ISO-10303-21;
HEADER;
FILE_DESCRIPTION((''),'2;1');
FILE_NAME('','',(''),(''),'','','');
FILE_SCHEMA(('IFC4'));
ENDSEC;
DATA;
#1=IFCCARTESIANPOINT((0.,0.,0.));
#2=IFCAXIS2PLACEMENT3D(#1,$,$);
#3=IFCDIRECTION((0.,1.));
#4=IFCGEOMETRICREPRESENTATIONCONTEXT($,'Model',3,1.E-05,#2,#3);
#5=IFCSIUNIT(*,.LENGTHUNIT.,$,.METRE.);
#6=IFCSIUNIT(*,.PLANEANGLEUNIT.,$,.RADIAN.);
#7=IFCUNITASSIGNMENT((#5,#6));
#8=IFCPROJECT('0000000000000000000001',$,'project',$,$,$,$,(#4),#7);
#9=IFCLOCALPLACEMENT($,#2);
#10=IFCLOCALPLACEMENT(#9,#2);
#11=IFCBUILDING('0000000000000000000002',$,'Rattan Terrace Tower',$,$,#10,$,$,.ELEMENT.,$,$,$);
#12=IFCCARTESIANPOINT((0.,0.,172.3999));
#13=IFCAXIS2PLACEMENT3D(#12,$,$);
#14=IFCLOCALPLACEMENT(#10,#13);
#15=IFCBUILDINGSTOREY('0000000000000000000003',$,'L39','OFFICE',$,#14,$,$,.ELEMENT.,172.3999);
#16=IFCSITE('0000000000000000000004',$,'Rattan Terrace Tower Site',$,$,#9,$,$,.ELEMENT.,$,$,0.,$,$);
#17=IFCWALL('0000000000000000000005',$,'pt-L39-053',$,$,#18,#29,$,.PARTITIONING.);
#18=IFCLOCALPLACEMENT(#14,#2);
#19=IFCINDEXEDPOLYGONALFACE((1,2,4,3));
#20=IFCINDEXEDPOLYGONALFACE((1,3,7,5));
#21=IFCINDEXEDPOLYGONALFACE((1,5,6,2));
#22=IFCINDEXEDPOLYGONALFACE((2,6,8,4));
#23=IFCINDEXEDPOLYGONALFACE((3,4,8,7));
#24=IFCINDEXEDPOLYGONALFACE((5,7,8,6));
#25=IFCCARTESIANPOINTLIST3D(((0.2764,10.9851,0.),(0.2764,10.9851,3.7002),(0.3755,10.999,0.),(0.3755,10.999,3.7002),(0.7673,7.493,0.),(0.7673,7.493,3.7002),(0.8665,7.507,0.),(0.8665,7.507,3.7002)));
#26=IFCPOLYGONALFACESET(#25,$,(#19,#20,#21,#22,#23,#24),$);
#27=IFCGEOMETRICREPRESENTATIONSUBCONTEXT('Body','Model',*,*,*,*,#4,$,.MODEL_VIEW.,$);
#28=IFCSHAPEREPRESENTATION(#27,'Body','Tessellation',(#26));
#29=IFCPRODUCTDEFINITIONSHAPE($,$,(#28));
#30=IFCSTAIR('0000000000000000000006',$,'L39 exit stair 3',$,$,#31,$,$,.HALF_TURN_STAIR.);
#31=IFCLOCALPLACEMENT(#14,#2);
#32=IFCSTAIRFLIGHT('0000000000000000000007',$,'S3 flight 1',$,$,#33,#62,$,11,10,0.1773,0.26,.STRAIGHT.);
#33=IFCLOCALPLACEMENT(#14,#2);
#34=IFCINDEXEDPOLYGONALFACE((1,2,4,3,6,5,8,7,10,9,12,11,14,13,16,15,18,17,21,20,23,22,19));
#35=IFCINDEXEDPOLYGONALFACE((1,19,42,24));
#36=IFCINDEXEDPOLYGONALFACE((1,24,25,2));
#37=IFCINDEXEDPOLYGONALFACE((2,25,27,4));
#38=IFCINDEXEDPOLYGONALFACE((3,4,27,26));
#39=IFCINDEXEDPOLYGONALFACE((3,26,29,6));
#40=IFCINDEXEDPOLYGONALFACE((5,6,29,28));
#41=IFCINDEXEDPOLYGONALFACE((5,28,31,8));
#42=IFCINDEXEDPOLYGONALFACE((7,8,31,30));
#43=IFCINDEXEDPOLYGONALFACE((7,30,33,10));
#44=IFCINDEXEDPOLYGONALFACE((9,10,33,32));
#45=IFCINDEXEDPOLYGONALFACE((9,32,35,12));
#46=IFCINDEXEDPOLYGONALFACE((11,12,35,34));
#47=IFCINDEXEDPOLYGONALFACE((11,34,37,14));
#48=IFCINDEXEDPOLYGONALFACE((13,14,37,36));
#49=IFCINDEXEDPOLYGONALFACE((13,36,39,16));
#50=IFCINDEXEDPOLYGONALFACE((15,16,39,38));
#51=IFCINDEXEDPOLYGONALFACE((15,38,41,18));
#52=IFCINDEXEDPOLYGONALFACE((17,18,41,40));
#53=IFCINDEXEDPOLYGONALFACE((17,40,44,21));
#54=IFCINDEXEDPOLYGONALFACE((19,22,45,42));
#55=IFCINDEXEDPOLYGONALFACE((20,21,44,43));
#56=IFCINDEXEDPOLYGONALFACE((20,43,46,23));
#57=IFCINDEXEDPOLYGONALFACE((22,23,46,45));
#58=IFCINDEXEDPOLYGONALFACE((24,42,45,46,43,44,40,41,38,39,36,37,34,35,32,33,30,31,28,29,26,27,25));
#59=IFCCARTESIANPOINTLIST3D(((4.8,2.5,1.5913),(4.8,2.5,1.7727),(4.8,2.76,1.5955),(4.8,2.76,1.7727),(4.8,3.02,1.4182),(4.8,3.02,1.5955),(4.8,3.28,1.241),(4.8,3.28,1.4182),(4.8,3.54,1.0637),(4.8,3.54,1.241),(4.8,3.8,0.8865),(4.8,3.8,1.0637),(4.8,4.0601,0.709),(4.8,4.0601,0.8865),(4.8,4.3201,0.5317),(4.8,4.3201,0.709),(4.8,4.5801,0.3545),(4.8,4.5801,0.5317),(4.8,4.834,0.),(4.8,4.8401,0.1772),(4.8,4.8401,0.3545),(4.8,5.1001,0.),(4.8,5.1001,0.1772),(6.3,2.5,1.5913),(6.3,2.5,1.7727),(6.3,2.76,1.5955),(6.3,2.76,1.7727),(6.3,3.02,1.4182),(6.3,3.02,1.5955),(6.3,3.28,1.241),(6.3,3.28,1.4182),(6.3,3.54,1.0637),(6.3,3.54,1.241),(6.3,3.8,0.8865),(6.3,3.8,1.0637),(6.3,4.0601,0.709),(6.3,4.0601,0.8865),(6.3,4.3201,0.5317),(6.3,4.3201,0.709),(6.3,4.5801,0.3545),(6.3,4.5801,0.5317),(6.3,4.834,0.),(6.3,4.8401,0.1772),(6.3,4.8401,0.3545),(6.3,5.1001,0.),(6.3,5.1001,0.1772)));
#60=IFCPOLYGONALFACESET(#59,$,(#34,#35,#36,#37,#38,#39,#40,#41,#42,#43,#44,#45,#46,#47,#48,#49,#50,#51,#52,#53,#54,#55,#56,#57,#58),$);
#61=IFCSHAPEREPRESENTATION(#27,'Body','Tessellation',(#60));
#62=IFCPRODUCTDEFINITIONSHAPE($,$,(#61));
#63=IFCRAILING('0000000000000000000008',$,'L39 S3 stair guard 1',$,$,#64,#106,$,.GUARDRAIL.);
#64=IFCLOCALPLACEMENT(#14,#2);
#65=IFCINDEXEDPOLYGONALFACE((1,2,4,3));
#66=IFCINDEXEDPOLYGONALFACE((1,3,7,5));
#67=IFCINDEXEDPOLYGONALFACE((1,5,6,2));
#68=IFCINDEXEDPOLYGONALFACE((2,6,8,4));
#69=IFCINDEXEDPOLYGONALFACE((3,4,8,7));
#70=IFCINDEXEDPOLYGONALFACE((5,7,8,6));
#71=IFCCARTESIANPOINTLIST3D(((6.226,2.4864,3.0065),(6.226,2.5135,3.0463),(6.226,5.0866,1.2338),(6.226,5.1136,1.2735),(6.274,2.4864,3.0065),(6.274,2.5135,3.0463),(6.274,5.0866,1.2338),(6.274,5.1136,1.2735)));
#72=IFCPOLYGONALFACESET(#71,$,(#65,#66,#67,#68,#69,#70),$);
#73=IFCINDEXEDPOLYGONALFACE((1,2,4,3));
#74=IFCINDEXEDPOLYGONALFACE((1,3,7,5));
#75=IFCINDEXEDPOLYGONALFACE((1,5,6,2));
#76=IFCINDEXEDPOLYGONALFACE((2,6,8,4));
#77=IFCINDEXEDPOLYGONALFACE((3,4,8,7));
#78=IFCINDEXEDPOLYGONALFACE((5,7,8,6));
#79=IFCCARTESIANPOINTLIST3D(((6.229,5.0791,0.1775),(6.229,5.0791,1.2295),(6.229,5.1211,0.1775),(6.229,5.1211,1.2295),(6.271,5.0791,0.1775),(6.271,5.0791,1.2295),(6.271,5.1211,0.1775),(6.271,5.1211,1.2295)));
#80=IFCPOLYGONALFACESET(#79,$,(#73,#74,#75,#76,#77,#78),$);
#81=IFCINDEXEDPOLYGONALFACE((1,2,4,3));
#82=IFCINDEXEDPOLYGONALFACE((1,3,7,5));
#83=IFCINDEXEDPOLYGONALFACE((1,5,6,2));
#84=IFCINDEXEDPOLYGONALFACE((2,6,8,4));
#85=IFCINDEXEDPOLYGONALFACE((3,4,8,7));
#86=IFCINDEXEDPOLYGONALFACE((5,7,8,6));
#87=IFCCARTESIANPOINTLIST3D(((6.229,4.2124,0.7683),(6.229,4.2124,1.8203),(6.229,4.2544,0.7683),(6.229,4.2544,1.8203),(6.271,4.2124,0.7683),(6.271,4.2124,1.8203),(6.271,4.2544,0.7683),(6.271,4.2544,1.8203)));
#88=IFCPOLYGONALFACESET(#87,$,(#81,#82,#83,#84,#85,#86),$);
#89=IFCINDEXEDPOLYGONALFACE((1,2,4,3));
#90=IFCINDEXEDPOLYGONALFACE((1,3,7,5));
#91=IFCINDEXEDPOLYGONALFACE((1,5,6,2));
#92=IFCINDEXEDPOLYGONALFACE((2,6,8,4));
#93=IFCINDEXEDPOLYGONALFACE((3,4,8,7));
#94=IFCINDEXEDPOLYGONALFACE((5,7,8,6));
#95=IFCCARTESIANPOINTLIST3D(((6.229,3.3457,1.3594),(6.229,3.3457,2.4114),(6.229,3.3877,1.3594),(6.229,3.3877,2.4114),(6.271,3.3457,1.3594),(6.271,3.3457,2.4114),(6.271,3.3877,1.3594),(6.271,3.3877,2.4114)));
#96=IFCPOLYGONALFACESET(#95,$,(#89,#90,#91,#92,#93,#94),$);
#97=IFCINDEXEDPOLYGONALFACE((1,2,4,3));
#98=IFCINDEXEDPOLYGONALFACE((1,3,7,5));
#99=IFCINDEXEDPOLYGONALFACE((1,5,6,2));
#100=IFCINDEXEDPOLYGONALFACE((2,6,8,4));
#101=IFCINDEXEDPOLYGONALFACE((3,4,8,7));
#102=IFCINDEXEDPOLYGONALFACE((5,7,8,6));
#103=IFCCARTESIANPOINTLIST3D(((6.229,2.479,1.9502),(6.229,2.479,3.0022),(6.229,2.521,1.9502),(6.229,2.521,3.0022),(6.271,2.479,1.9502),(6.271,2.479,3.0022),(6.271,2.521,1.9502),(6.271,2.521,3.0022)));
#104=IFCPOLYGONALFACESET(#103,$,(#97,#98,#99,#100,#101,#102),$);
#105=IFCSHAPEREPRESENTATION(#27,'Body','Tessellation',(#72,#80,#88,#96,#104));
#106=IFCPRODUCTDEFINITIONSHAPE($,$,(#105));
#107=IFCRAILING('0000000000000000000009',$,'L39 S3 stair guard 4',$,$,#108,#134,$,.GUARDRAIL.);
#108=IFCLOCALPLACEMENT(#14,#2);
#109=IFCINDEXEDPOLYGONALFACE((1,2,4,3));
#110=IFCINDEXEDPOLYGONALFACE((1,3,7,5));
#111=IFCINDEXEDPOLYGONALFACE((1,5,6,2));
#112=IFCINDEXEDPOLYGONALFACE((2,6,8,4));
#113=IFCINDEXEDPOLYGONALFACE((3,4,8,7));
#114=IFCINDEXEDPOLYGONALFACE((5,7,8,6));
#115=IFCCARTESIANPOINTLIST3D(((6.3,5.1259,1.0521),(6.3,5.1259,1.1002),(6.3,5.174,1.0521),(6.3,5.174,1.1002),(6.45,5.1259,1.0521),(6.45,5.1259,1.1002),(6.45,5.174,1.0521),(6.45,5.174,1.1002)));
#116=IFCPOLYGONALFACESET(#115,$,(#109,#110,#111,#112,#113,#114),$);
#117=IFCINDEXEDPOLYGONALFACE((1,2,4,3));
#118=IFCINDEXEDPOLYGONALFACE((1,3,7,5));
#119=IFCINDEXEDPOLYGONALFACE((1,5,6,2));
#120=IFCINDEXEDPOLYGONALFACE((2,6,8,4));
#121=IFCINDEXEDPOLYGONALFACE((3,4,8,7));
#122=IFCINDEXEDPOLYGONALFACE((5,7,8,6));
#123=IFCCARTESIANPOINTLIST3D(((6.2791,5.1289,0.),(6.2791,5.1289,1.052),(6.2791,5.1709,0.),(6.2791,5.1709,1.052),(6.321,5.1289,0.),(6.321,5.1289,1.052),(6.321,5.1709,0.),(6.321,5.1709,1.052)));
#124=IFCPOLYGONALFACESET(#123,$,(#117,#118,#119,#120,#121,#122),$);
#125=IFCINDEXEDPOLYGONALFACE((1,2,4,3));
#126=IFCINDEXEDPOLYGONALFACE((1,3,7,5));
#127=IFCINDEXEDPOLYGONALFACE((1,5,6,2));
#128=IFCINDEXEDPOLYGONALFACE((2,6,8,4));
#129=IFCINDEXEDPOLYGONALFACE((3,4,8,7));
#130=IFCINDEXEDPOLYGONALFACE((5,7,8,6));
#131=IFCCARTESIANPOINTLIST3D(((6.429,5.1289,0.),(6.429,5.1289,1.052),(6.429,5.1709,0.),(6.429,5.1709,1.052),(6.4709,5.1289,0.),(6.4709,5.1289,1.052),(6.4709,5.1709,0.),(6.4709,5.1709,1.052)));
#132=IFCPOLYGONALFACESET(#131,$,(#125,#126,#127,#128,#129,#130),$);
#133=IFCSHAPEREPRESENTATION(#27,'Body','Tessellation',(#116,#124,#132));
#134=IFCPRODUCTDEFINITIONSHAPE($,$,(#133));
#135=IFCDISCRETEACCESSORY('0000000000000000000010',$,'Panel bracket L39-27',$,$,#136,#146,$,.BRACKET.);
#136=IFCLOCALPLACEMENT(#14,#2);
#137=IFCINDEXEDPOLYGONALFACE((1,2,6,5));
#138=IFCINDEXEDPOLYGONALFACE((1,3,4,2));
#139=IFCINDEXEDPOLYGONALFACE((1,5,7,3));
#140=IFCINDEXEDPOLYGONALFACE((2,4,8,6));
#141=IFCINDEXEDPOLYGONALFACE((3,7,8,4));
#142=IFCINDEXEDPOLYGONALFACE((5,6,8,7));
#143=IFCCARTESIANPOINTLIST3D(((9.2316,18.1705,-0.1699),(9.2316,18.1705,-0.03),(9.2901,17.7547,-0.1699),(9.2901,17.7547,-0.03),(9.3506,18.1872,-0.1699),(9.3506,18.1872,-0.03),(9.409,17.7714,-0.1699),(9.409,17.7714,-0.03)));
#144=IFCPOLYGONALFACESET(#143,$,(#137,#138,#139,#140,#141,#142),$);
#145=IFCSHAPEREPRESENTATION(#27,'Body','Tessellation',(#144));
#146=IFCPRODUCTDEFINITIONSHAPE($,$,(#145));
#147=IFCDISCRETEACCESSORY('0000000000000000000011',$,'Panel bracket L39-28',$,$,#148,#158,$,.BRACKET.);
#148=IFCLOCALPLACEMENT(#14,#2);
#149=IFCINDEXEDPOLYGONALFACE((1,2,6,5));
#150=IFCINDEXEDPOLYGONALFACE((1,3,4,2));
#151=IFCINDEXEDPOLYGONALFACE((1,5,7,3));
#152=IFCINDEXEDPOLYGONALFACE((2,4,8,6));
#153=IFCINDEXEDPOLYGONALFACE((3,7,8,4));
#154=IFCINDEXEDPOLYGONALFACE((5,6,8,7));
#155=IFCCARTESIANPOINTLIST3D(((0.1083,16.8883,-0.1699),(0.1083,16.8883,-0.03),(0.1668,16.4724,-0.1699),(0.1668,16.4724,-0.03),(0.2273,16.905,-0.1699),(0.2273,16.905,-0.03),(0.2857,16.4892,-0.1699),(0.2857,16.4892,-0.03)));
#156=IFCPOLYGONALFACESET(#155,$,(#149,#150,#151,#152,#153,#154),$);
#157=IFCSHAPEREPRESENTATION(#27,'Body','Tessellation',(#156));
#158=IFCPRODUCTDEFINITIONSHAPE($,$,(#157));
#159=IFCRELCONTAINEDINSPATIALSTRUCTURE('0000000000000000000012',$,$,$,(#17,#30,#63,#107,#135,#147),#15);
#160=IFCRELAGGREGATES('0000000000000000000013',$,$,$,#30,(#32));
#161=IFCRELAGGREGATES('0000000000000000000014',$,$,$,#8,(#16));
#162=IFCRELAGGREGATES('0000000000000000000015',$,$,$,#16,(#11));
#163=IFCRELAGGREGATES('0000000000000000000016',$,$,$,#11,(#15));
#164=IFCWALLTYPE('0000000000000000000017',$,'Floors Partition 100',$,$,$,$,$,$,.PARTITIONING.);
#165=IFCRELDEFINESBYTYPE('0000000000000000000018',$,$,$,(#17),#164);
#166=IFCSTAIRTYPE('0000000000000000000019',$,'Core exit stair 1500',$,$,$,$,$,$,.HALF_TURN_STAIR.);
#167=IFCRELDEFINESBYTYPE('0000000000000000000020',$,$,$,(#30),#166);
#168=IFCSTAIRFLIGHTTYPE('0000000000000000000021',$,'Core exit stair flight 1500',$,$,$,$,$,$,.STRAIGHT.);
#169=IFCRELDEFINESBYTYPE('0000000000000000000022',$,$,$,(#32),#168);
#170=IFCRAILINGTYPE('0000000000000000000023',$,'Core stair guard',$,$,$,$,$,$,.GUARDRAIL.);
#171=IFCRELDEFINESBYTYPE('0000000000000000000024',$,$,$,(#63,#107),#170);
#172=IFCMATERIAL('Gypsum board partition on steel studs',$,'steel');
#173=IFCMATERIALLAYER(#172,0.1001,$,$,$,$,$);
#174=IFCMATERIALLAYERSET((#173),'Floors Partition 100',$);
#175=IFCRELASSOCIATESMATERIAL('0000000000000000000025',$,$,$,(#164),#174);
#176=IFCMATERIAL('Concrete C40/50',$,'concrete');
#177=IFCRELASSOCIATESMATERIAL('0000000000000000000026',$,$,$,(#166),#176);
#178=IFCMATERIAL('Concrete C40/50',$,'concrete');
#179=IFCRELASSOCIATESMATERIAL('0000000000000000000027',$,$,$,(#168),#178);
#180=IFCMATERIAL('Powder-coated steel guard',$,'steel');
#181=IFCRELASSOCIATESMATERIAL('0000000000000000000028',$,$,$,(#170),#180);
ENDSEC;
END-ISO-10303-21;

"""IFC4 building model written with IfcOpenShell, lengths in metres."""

from ifc_helpers import new_model, si_unit, direction, frame, frame_2d, origin, origin_2d, place, context, subcontext, project, spatial, polyline, rectangle, outline, extrude, material, layer, layer_set, type_object, element, aggregate, save


model = new_model("IFC4")

# Units and contexts
model_context = context("Model", 3, precision=1e-05, world=origin(), true_north=direction((0.0, 1.0)))
body_context = subcontext(model_context, "Body", "Model", "MODEL_VIEW")
ifc_project = project(units=[si_unit("LENGTHUNIT", "METRE"), si_unit("PLANEANGLEUNIT", "RADIAN")], contexts=[model_context])

# Site, building, storey
site_placement = place(None, origin())
site = spatial("IfcSite", under=ifc_project, at=site_placement, Name="Rattan Terrace Tower Site", CompositionType="ELEMENT", RefElevation=0.0)
building_placement = place(site_placement, origin())
building = spatial("IfcBuilding", under=site, at=building_placement, Name="Rattan Terrace Tower", CompositionType="ELEMENT")
storey_placement = place(building_placement, frame((0.0, 0.0, 172.3999)))
storey = spatial("IfcBuildingStorey", under=building, at=storey_placement, Name="L39", Description="OFFICE", CompositionType="ELEMENT", Elevation=172.3999)

# Shared definitions
ifc_material_1 = material(Name="Gypsum board partition on steel studs", Category="steel")
ifc_layer_1 = layer(ifc_material_1, 0.1001)
ifc_layer_set_1 = layer_set([ifc_layer_1], Name="Floors Partition 100")
wall_type = type_object("IfcWallType", Name="Floors Partition 100", PredefinedType="PARTITIONING", material=ifc_layer_set_1)

# Wall
wall_1_placement = place(storey_placement, frame((0.8169, 7.5, 0.0), z_axis=(0.0, 0.0, 1.0), x_axis=(-0.13923, 0.99026, 0.0)))
element("IfcWall", 1, at=wall_1_placement, inside=storey, type_object=wall_type, Name="pt-L39-053", PredefinedType="PARTITIONING", context=body_context, shape_type="SweptSolid", body=[
    extrude(rectangle(XDim=3.5264, YDim=0.1001, at=frame_2d((1.7632, 0.0))), origin(), (0.0, 0.0, 1.0), 3.7002),
])

# Stair, stair flight
ifc_material_2 = material(Name="Concrete C40/50", Category="concrete")
stair_type = type_object("IfcStairType", Name="Core exit stair 1500", PredefinedType="HALF_TURN_STAIR", material=ifc_material_2)
stair_placement = place(storey_placement, origin())
stair = element("IfcStair", 2, at=stair_placement, inside=storey, type_object=stair_type, Name="L39 exit stair 3", PredefinedType="HALF_TURN_STAIR")
ifc_material_3 = material(Name="Concrete C40/50", Category="concrete")
stair_flight_type = type_object("IfcStairFlightType", Name="Core exit stair flight 1500", PredefinedType="STRAIGHT", material=ifc_material_3)
stair_flight_placement = place(storey_placement, frame((5.55, 5.1001, 0.0), z_axis=(0.0, 0.0, 1.0), x_axis=(0.0, -1.0, 0.0)))
stair_flight = element("IfcStairFlight", 3, at=stair_flight_placement, type_object=stair_flight_type, Name="S3 flight 1", NumberOfRisers=11, NumberOfTreads=10, PredefinedType="STRAIGHT", RiserHeight=0.1773, TreadLength=0.26, context=body_context, shape_type="SweptSolid", body=[
    extrude(outline(polyline([(0.0, 0.0), (0.0, 0.1772), (0.26, 0.1772), (0.26, 0.3545), (0.52, 0.3545), (0.52, 0.5317), (0.78, 0.5317), (0.78, 0.709), (1.04, 0.709), (1.04, 0.8865), (1.3, 0.8865), (1.3, 1.0637), (1.5601, 1.0637), (1.5601, 1.241), (1.8201, 1.241), (1.8201, 1.4182), (2.0801, 1.4182), (2.0801, 1.5955), (2.3401, 1.5955), (2.3401, 1.7727), (2.6001, 1.7727), (2.6001, 1.95), (2.6001, 1.5913), (0.2661, 0.0), (0.0, 0.0)])), frame((0.0, 0.75, 0.0), z_axis=(0.0, -1.0, 0.0), x_axis=(1.0, 0.0, 0.0)), (0.0, 0.0, 1.0), 1.5),
])
aggregate(stair, [stair_flight])

# Railings
ifc_material_4 = material(Name="Powder-coated steel guard", Category="steel")
railing_type = type_object("IfcRailingType", Name="Core stair guard", PredefinedType="GUARDRAIL", material=ifc_material_4)
railing_1_placement = place(storey_placement, frame((6.25, 5.1001, 0.1775)))
element("IfcRailing", 4, at=railing_1_placement, inside=storey, type_object=railing_type, Name="L39 S3 stair guard 1", PredefinedType="GUARDRAIL", context=body_context, shape_type="SweptSolid", body=[
    extrude(rectangle(XDim=0.0481, YDim=0.0481, at=origin_2d()), frame((0.0, 0.0, 1.0762), z_axis=(0.0, -0.82624, 0.563318), x_axis=(1.0, 0.0, 0.0)), (0.0, 0.0, 1.0), 3.147),
    extrude(rectangle(XDim=0.042, YDim=0.042, at=origin_2d()), origin(), (0.0, 0.0, 1.0), 1.052),
    extrude(rectangle(XDim=0.042, YDim=0.042, at=origin_2d()), frame((0.0, -0.8667, 0.5908)), (0.0, 0.0, 1.0), 1.052),
    extrude(rectangle(XDim=0.042, YDim=0.042, at=origin_2d()), frame((0.0, -1.7334, 1.1819)), (0.0, 0.0, 1.0), 1.052),
    extrude(rectangle(XDim=0.042, YDim=0.042, at=origin_2d()), frame((0.0, -2.6001, 1.7727)), (0.0, 0.0, 1.0), 1.052),
])
railing_2_placement = place(storey_placement, frame((6.3, 5.1499, 0.0)))
element("IfcRailing", 5, at=railing_2_placement, inside=storey, type_object=railing_type, Name="L39 S3 stair guard 4", PredefinedType="GUARDRAIL", context=body_context, shape_type="SweptSolid", body=[
    extrude(rectangle(XDim=0.0481, YDim=0.0481, at=origin_2d()), frame((0.0, 0.0, 1.0762), z_axis=(1.0, 0.0, 0.0), x_axis=(0.0, 1.0, 0.0)), (0.0, 0.0, 1.0), 0.1499),
    extrude(rectangle(XDim=0.042, YDim=0.042, at=origin_2d()), origin(), (0.0, 0.0, 1.0), 1.052),
    extrude(rectangle(XDim=0.042, YDim=0.042, at=origin_2d()), frame((0.1499, 0.0, 0.0)), (0.0, 0.0, 1.0), 1.052),
])

# Discrete accessories
for number, where, z_axis, x_axis, name in (
    (6, (9.3203, 17.9709, -0.1699), (0.0, 0.0, 1.0), (-0.99027, -0.139161, 0.0), "Panel bracket L39-27"),
    (7, (0.197, 16.6887, -0.1699), (0.0, 0.0, 1.0), (-0.99027, -0.139161, 0.0), "Panel bracket L39-28"),
):
    element("IfcDiscreteAccessory", number, at=place(storey_placement, frame(where, z_axis=z_axis, x_axis=x_axis)), inside=storey, Name=name, PredefinedType="BRACKET", context=body_context, shape_type="SweptSolid", body=[
        extrude(rectangle(XDim=0.1201, YDim=0.4199, at=origin_2d()), origin(), (0.0, 0.0, 1.0), 0.1399),
    ])

save(model, "model.ifc")
